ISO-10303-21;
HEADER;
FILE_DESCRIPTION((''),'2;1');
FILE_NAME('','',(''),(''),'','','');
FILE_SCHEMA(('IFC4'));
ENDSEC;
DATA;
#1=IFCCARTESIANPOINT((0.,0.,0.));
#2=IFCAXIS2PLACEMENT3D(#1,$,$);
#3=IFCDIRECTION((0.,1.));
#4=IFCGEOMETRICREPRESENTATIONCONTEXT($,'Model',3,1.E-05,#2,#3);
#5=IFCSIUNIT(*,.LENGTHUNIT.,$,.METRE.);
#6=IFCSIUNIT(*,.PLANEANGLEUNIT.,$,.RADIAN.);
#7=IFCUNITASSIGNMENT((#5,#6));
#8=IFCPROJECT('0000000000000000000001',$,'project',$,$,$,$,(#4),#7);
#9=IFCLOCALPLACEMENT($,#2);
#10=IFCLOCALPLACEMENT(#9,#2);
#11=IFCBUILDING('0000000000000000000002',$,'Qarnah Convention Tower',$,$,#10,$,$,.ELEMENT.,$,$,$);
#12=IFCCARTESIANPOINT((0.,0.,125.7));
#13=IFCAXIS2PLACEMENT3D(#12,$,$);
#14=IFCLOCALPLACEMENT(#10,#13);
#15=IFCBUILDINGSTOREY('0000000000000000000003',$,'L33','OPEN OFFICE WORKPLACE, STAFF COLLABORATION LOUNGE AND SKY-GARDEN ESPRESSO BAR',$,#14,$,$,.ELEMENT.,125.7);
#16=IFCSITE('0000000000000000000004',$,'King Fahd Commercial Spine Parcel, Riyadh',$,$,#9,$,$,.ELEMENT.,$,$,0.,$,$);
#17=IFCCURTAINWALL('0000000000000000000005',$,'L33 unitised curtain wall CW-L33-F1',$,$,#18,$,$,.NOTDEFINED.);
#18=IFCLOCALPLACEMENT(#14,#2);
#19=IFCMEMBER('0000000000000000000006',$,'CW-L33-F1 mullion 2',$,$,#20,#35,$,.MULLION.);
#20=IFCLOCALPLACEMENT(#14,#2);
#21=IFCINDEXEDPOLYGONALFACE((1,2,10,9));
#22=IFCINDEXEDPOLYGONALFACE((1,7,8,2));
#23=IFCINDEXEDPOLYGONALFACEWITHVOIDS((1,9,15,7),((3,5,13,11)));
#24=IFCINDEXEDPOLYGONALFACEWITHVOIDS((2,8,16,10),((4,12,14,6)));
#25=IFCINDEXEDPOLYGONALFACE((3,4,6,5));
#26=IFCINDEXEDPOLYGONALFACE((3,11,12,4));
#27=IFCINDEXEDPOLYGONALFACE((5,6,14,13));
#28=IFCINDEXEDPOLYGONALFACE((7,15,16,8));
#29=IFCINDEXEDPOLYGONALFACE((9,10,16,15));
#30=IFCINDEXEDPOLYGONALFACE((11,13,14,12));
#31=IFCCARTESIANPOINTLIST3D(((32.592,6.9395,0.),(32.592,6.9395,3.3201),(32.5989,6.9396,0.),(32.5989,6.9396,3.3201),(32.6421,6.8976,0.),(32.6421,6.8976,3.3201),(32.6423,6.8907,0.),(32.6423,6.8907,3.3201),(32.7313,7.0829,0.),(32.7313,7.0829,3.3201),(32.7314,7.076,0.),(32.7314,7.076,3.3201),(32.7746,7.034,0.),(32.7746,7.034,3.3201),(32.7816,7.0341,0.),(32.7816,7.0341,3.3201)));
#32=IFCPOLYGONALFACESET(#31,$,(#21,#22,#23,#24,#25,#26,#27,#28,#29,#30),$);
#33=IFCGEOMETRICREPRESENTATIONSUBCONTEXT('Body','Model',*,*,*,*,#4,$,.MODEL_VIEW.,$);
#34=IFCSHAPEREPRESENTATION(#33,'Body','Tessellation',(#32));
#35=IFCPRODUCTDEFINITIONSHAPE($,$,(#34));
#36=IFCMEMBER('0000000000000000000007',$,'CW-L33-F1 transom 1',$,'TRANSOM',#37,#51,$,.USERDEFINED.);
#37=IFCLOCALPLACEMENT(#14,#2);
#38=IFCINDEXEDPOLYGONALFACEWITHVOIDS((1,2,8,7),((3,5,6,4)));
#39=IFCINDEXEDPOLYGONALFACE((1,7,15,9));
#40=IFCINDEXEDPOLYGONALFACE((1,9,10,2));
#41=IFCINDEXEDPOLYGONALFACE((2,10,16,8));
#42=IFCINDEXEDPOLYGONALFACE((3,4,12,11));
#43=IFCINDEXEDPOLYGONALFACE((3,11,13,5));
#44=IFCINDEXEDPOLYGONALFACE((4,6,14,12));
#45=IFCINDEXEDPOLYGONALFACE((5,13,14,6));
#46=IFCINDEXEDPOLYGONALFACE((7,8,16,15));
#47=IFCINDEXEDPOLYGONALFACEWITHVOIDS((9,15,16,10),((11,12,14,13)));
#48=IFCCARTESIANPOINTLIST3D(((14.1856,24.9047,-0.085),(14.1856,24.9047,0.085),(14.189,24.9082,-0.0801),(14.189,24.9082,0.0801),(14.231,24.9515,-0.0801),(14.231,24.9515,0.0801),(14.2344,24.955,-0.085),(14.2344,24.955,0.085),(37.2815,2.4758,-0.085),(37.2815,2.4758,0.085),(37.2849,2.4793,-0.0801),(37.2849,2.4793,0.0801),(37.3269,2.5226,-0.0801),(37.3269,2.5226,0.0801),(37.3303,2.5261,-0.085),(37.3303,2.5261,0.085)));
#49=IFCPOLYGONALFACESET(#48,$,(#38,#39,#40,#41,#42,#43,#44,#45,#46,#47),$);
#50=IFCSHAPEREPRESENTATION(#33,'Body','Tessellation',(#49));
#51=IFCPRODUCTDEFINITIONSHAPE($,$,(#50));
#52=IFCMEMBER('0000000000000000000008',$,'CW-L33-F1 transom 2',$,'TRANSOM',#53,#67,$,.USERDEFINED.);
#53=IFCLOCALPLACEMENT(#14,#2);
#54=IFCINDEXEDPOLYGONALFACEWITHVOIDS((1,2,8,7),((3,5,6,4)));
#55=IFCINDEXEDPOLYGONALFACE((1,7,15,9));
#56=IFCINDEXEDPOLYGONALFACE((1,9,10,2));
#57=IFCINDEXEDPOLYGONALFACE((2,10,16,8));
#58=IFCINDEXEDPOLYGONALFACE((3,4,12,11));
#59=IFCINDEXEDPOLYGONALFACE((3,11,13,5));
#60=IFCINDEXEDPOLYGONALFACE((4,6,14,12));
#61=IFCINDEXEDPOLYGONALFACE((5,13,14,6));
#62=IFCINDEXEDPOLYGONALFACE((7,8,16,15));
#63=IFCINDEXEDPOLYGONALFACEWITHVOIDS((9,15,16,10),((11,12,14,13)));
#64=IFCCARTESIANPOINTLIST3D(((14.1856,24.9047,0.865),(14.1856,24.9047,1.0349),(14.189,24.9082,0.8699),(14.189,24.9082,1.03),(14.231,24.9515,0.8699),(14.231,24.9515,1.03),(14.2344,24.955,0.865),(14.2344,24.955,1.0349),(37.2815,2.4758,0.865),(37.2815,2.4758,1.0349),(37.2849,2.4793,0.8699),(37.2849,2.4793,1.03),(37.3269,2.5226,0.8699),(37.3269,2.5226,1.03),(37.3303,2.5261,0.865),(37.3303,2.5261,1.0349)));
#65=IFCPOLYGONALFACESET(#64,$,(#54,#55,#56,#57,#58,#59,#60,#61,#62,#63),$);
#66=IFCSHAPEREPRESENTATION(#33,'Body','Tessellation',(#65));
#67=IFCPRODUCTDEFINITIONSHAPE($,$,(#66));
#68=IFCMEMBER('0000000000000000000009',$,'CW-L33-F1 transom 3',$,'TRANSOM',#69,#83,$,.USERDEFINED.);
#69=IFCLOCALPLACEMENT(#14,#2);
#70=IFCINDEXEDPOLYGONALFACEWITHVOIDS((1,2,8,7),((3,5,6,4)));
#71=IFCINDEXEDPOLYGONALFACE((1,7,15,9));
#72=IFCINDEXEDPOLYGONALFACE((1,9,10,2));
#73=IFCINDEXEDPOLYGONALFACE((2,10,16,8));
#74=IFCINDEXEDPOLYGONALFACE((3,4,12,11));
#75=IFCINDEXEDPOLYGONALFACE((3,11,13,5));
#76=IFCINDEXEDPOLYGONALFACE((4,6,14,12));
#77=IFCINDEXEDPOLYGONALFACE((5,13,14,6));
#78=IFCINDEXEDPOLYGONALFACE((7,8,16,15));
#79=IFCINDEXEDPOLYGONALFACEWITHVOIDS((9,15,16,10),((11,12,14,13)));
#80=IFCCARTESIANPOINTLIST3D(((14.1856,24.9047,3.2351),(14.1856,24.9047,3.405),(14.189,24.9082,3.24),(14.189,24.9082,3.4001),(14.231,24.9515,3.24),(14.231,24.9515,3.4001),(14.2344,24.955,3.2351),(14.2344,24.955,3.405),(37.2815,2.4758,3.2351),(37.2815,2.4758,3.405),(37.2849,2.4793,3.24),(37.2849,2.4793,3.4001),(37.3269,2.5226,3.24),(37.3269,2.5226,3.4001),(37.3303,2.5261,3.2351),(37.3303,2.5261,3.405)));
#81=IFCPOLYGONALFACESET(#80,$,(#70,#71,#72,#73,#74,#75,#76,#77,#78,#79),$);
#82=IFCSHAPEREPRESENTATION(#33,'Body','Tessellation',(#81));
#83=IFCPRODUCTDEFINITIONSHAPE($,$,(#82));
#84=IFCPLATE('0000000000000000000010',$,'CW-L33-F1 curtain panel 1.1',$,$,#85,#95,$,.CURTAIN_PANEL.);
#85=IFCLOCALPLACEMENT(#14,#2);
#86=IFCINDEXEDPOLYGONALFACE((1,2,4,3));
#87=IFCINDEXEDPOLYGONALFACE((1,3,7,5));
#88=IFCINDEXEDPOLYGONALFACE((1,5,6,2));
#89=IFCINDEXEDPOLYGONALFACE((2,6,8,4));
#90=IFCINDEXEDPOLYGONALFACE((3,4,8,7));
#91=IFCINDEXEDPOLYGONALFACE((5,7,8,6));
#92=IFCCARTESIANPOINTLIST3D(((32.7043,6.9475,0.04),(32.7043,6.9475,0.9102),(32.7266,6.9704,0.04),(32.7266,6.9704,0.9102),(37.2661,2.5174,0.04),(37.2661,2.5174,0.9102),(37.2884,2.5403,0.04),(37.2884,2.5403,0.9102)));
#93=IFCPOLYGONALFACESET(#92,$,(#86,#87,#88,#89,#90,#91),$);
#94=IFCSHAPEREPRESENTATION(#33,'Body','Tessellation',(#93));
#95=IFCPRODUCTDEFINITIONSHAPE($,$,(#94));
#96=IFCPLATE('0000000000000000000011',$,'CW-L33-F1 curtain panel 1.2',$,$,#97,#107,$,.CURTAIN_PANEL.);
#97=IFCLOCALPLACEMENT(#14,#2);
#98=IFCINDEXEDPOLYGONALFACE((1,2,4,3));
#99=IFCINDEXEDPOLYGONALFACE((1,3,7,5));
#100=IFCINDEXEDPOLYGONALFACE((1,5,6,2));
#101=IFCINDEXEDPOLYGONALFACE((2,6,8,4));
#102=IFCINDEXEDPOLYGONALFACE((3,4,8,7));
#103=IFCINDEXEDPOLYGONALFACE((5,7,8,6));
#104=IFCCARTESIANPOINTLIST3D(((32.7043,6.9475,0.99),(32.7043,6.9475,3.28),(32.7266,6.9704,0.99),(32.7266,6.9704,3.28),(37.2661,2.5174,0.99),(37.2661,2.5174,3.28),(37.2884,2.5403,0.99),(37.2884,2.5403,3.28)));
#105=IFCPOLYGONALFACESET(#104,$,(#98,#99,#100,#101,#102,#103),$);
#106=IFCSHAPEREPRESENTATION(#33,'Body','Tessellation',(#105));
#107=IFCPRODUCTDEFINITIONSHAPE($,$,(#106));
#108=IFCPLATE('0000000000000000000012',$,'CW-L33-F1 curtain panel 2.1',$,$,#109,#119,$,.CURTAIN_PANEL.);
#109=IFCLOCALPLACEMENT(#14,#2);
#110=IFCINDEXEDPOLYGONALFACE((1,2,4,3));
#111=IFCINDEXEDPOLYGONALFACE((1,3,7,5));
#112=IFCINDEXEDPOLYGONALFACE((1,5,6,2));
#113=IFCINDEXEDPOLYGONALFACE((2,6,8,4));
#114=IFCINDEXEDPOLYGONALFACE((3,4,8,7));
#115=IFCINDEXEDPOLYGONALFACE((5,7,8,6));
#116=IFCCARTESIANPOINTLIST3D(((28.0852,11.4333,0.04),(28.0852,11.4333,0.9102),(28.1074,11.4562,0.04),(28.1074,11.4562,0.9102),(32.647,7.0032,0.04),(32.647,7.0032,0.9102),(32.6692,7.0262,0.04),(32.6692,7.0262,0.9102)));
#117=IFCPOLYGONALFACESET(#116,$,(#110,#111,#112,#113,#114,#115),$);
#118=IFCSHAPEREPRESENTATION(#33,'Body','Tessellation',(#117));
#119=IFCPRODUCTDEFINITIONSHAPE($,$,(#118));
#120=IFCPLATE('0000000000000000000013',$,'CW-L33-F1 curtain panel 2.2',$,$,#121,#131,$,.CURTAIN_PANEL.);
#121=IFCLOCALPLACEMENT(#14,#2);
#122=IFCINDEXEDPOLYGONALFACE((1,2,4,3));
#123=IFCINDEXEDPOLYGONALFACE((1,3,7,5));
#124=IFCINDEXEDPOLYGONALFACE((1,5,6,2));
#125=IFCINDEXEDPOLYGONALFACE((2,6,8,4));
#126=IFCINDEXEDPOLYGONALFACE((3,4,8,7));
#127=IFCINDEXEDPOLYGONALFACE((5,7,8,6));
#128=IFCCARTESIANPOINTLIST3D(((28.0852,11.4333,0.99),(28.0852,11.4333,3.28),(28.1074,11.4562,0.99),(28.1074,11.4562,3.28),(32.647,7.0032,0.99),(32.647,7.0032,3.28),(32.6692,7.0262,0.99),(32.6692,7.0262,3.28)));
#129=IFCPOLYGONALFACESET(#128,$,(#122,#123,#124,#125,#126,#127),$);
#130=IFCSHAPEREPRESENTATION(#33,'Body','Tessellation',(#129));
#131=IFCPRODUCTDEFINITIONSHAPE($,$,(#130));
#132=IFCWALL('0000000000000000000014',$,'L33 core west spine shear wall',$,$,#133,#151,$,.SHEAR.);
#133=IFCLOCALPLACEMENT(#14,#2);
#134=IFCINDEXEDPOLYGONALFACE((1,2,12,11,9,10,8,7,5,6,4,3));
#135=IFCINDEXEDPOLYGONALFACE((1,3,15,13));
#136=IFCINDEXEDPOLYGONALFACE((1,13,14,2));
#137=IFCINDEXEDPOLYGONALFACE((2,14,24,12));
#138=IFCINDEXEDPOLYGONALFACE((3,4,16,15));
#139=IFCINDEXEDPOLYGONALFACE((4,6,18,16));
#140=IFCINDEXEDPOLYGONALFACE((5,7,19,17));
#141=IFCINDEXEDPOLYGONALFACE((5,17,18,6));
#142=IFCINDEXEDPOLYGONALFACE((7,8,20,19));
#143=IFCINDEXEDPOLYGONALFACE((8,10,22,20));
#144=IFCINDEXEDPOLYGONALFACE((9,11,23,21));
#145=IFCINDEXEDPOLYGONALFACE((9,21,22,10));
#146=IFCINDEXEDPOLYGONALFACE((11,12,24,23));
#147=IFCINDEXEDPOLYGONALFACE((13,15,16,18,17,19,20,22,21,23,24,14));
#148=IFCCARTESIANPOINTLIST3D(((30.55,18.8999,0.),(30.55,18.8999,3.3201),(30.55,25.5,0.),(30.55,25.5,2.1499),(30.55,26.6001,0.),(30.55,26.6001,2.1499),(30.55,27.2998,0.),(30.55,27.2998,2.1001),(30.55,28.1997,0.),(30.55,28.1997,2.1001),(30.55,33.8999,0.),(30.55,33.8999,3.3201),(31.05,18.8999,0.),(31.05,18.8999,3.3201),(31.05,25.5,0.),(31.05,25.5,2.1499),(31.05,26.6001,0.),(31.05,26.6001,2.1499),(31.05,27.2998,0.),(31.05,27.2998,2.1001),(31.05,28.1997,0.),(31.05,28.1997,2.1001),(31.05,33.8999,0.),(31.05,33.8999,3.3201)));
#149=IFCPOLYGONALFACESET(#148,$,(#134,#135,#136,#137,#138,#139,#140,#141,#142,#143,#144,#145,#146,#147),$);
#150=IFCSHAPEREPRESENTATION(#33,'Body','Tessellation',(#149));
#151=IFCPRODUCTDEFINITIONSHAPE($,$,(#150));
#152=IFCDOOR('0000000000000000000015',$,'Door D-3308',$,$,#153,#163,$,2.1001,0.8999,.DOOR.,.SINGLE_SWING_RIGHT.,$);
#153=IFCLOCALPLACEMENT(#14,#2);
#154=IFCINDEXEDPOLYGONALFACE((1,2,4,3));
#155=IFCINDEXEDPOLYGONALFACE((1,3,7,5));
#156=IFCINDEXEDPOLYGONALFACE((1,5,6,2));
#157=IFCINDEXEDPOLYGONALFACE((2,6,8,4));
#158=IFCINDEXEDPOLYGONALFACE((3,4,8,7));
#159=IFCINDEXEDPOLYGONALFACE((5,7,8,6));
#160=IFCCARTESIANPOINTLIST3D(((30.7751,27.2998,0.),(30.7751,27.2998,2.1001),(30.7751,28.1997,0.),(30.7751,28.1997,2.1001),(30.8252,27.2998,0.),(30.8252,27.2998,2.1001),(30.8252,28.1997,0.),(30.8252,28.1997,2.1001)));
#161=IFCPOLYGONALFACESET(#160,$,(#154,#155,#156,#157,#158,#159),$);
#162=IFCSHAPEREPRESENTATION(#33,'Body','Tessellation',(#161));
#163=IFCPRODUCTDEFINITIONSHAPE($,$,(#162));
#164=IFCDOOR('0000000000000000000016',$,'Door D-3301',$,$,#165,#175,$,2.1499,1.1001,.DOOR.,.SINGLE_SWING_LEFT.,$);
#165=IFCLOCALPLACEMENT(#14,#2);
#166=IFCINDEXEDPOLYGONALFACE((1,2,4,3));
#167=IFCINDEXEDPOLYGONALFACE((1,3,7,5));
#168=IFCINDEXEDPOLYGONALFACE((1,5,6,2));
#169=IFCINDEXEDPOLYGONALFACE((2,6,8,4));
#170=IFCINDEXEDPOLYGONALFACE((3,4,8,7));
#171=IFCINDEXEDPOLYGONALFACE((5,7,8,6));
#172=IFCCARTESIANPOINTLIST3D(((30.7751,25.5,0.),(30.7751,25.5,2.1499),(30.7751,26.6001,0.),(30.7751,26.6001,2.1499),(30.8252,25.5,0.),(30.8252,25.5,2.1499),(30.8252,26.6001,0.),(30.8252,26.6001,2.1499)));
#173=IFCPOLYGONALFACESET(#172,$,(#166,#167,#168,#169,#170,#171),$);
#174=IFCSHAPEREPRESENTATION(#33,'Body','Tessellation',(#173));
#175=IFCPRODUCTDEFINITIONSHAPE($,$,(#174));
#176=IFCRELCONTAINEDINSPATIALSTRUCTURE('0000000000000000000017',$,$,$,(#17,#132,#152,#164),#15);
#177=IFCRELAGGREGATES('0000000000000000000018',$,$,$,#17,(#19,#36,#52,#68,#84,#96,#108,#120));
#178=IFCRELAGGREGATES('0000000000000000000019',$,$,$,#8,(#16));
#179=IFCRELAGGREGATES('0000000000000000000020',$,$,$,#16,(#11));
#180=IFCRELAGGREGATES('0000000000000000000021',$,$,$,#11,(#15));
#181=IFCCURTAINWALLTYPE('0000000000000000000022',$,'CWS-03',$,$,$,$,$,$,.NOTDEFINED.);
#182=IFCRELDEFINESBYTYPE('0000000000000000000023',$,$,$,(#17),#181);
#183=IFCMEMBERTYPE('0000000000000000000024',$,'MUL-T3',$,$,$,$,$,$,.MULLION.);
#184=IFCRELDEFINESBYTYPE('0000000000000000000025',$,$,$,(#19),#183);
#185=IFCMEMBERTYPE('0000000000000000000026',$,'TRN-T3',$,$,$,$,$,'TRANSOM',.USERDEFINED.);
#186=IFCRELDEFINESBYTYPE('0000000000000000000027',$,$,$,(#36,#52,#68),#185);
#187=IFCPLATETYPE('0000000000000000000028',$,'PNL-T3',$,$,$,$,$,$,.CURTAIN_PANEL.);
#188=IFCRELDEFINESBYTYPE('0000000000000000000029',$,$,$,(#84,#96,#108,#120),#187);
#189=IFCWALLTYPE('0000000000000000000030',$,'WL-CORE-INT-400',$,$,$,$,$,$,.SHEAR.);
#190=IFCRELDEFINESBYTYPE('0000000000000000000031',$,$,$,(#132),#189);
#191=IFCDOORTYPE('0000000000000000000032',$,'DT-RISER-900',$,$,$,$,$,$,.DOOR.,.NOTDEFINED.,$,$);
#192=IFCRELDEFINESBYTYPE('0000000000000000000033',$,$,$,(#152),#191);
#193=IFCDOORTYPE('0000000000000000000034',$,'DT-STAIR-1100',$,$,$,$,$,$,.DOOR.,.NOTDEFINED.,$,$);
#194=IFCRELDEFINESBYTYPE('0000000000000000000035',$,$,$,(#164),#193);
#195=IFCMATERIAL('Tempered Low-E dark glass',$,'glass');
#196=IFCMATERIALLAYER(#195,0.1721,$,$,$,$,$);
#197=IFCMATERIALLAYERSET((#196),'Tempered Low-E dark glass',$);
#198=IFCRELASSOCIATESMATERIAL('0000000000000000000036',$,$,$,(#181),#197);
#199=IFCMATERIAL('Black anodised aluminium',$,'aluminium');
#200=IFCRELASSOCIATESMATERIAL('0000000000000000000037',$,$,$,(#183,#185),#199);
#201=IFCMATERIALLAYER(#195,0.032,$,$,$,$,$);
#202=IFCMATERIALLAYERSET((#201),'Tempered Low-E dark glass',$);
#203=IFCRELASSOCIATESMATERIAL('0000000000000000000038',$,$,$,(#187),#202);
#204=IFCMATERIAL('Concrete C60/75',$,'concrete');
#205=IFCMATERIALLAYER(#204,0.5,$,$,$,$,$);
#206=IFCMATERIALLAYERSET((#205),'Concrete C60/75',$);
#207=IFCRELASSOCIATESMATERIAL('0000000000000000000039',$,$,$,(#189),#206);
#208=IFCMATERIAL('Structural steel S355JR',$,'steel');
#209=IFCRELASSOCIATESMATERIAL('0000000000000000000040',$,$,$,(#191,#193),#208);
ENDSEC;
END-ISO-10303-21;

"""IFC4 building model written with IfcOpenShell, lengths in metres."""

from ifc_helpers import new_model, si_unit, direction, frame, frame_2d, origin, origin_2d, place, context, subcontext, project, spatial, rectangle, hollow_rectangle, extrude, material, layer, layer_set, material_profile, profile_set, type_object, element, fill, aggregate, save


model = new_model("IFC4")

# Units and contexts
model_context = context("Model", 3, precision=1e-05, world=origin(), true_north=direction((0.0, 1.0)))
body_context = subcontext(model_context, "Body", "Model", "MODEL_VIEW")
ifc_project = project(units=[si_unit("LENGTHUNIT", "METRE"), si_unit("PLANEANGLEUNIT", "RADIAN")], contexts=[model_context])

# Site, building, storey
site_placement = place(None, origin())
site = spatial("IfcSite", under=ifc_project, at=site_placement, Name="King Fahd Commercial Spine Parcel, Riyadh", CompositionType="ELEMENT", RefElevation=0.0)
building_placement = place(site_placement, origin())
building = spatial("IfcBuilding", under=site, at=building_placement, Name="Qarnah Convention Tower", CompositionType="ELEMENT")
storey_placement = place(building_placement, frame((0.0, 0.0, 125.7)))
storey = spatial("IfcBuildingStorey", under=building, at=storey_placement, Name="L33", Description="OPEN OFFICE WORKPLACE, STAFF COLLABORATION LOUNGE AND SKY-GARDEN ESPRESSO BAR", CompositionType="ELEMENT", Elevation=125.7)

# Shared definitions
ifc_material_1 = material(Name="Concrete C60/75", Category="concrete")

# Shared definitions
ifc_material_2 = material(Name="Structural steel S355JR", Category="steel")

# Curtain wall, members, plates
ifc_material_3 = material(Name="Tempered Low-E dark glass", Category="glass")
ifc_layer_1 = layer(ifc_material_3, 0.1721)
ifc_layer_set_1 = layer_set([ifc_layer_1], Name="Tempered Low-E dark glass")
curtain_wall_type = type_object("IfcCurtainWallType", Name="CWS-03", PredefinedType="NOTDEFINED", material=ifc_layer_set_1)
curtain_wall_placement = place(storey_placement, origin())
curtain_wall = element("IfcCurtainWall", 1, at=curtain_wall_placement, inside=storey, type_object=curtain_wall_type, Name="L33 unitised curtain wall CW-L33-F1", PredefinedType="NOTDEFINED")
ifc_material_4 = material(Name="Black anodised aluminium", Category="aluminium")
ifc_material_profile_1 = material_profile(ifc_material_4, hollow_rectangle(XDim=0.0701, YDim=0.2, WallThickness=0.0049, at=origin_2d()), Name="MUL-70X200")
ifc_profile_set_1 = profile_set([ifc_material_profile_1], Name="Black anodised aluminium")
member_type_1 = type_object("IfcMemberType", Name="MUL-T3", PredefinedType="MULLION", material=ifc_profile_set_1)
member_1_placement = place(storey_placement, frame((32.6868, 6.9868, 0.0), z_axis=(0.0, 0.0, 1.0), x_axis=(-0.71739, 0.696672, 0.0)))
member_1 = element("IfcMember", 2, at=member_1_placement, type_object=member_type_1, Name="CW-L33-F1 mullion 2", PredefinedType="MULLION", context=body_context, shape_type="SweptSolid", body=[
    extrude(hollow_rectangle(XDim=0.0701, YDim=0.2, WallThickness=0.0049, at=origin_2d()), origin(), (0.0, 0.0, 1.0), 3.3201),
])
ifc_material_profile_2 = material_profile(ifc_material_4, hollow_rectangle(XDim=0.0701, YDim=0.1699, WallThickness=0.0049, at=origin_2d()), Name="TRN-70X170")
ifc_profile_set_2 = profile_set([ifc_material_profile_2], Name="Black anodised aluminium")
member_type_2 = type_object("IfcMemberType", Name="TRN-T3", ElementType="TRANSOM", PredefinedType="USERDEFINED", material=ifc_profile_set_2)
member_2_placement = place(storey_placement, frame((37.3059, 2.501, 0.0), z_axis=(-0.71739, 0.696672, 0.0), x_axis=(-0.696672, -0.71739, 0.0)))
member_2 = element("IfcMember", 3, at=member_2_placement, type_object=member_type_2, Name="CW-L33-F1 transom 1", ObjectType="TRANSOM", PredefinedType="USERDEFINED", context=body_context, shape_type="SweptSolid", body=[
    extrude(hollow_rectangle(XDim=0.0701, YDim=0.1699, WallThickness=0.0049, at=origin_2d()), origin(), (0.0, 0.0, 1.0), 32.1943),
])
member_3_placement = place(storey_placement, frame((37.3059, 2.501, 0.95), z_axis=(-0.71739, 0.696672, 0.0), x_axis=(-0.696672, -0.71739, 0.0)))
member_3 = element("IfcMember", 4, at=member_3_placement, type_object=member_type_2, Name="CW-L33-F1 transom 2", ObjectType="TRANSOM", PredefinedType="USERDEFINED", context=body_context, shape_type="SweptSolid", body=[
    extrude(hollow_rectangle(XDim=0.0701, YDim=0.1699, WallThickness=0.0049, at=origin_2d()), origin(), (0.0, 0.0, 1.0), 32.1943),
])
member_4_placement = place(storey_placement, frame((37.3059, 2.501, 3.3201), z_axis=(-0.71739, 0.696672, 0.0), x_axis=(-0.696672, -0.71739, 0.0)))
member_4 = element("IfcMember", 5, at=member_4_placement, type_object=member_type_2, Name="CW-L33-F1 transom 3", ObjectType="TRANSOM", PredefinedType="USERDEFINED", context=body_context, shape_type="SweptSolid", body=[
    extrude(hollow_rectangle(XDim=0.0701, YDim=0.1699, WallThickness=0.0049, at=origin_2d()), origin(), (0.0, 0.0, 1.0), 32.1943),
])
ifc_layer_2 = layer(ifc_material_3, 0.032)
ifc_layer_set_2 = layer_set([ifc_layer_2], Name="Tempered Low-E dark glass")
plate_type = type_object("IfcPlateType", Name="PNL-T3", PredefinedType="CURTAIN_PANEL", material=ifc_layer_set_2)
plate_1_placement = place(storey_placement, frame((34.9963, 4.7439, 0.04), z_axis=(0.0, 0.0, 1.0), x_axis=(-0.71739, 0.696672, 0.0)))
plate_1 = element("IfcPlate", 6, at=plate_1_placement, type_object=plate_type, Name="CW-L33-F1 curtain panel 1.1", PredefinedType="CURTAIN_PANEL", context=body_context, shape_type="SweptSolid", body=[
    extrude(rectangle(XDim=6.3589, YDim=0.032, at=origin_2d()), origin(), (0.0, 0.0, 1.0), 0.8701),
])
plate_2_placement = place(storey_placement, frame((34.9963, 4.7439, 0.99), z_axis=(0.0, 0.0, 1.0), x_axis=(-0.71739, 0.696672, 0.0)))
plate_2 = element("IfcPlate", 7, at=plate_2_placement, type_object=plate_type, Name="CW-L33-F1 curtain panel 1.2", PredefinedType="CURTAIN_PANEL", context=body_context, shape_type="SweptSolid", body=[
    extrude(rectangle(XDim=6.3589, YDim=0.032, at=origin_2d()), origin(), (0.0, 0.0, 1.0), 2.29),
])
plate_3_placement = place(storey_placement, frame((30.3772, 9.2297, 0.04), z_axis=(0.0, 0.0, 1.0), x_axis=(-0.71739, 0.696672, 0.0)))
plate_3 = element("IfcPlate", 8, at=plate_3_placement, type_object=plate_type, Name="CW-L33-F1 curtain panel 2.1", PredefinedType="CURTAIN_PANEL", context=body_context, shape_type="SweptSolid", body=[
    extrude(rectangle(XDim=6.3589, YDim=0.032, at=origin_2d()), origin(), (0.0, 0.0, 1.0), 0.8701),
])
plate_4_placement = place(storey_placement, frame((30.3772, 9.2297, 0.99), z_axis=(0.0, 0.0, 1.0), x_axis=(-0.71739, 0.696672, 0.0)))
plate_4 = element("IfcPlate", 9, at=plate_4_placement, type_object=plate_type, Name="CW-L33-F1 curtain panel 2.2", PredefinedType="CURTAIN_PANEL", context=body_context, shape_type="SweptSolid", body=[
    extrude(rectangle(XDim=6.3589, YDim=0.032, at=origin_2d()), origin(), (0.0, 0.0, 1.0), 2.29),
])
aggregate(curtain_wall, [member_1, member_2, member_3, member_4, plate_1, plate_2, plate_3, plate_4])

# Wall, openings, doors
ifc_layer_3 = layer(ifc_material_1, 0.5)
ifc_layer_set_3 = layer_set([ifc_layer_3], Name="Concrete C60/75")
wall_type_1 = type_object("IfcWallType", Name="WL-CORE-INT-400", PredefinedType="SHEAR", material=ifc_layer_set_3)
wall_1_placement = place(storey_placement, frame((30.8, 18.8999, 0.0), z_axis=(0.0, 0.0, 1.0), x_axis=(0.0, 1.0, 0.0)))
wall_1 = element("IfcWall", 10, at=wall_1_placement, inside=storey, type_object=wall_type_1, Name="L33 core west spine shear wall", PredefinedType="SHEAR", context=body_context, shape_type="SweptSolid", body=[
    extrude(rectangle(XDim=15.0, YDim=0.5, at=frame_2d((7.5, 0.0))), origin(), (0.0, 0.0, 1.0), 3.3201),
])
opening_1_placement = place(wall_1_placement, frame((6.6001, 0.0, 0.0)))
opening_1 = element("IfcOpeningElement", 11, at=opening_1_placement, cuts=wall_1, PredefinedType="OPENING", context=body_context, shape_type="SweptSolid", body=[
    extrude(rectangle(XDim=1.1001, YDim=2.1499, at=frame_2d((0.55, 1.075))), frame((0.0, 0.26, 0.0), z_axis=(0.0, -1.0, 0.0), x_axis=(1.0, 0.0, 0.0)), (0.0, 0.0, 1.0), 0.52),
])
opening_2_placement = place(wall_1_placement, frame((8.3999, 0.0, 0.0)))
opening_2 = element("IfcOpeningElement", 12, at=opening_2_placement, cuts=wall_1, PredefinedType="OPENING", context=body_context, shape_type="SweptSolid", body=[
    extrude(rectangle(XDim=0.8999, YDim=2.1001, at=frame_2d((0.45, 1.05))), frame((0.0, 0.26, 0.0), z_axis=(0.0, -1.0, 0.0), x_axis=(1.0, 0.0, 0.0)), (0.0, 0.0, 1.0), 0.52),
])
door_type_1 = type_object("IfcDoorType", Name="DT-RISER-900", OperationType="NOTDEFINED", PredefinedType="DOOR", material=ifc_material_2)
door_1_placement = place(opening_2_placement, origin())
door_1 = element("IfcDoor", 13, at=door_1_placement, inside=storey, type_object=door_type_1, Name="Door D-3308", OperationType="SINGLE_SWING_RIGHT", OverallHeight=2.1001, OverallWidth=0.8999, PredefinedType="DOOR", context=body_context, shape_type="SweptSolid", body=[
    extrude(rectangle(XDim=0.8999, YDim=2.1001, at=frame_2d((0.45, 1.05))), frame((0.0, 0.0249, 0.0), z_axis=(0.0, -1.0, 0.0), x_axis=(1.0, 0.0, 0.0)), (0.0, 0.0, 1.0), 0.05),
])
fill(opening_2, door_1)
door_type_2 = type_object("IfcDoorType", Name="DT-STAIR-1100", OperationType="NOTDEFINED", PredefinedType="DOOR", material=ifc_material_2)
door_2_placement = place(opening_1_placement, origin())
door_2 = element("IfcDoor", 14, at=door_2_placement, inside=storey, type_object=door_type_2, Name="Door D-3301", OperationType="SINGLE_SWING_LEFT", OverallHeight=2.1499, OverallWidth=1.1001, PredefinedType="DOOR", context=body_context, shape_type="SweptSolid", body=[
    extrude(rectangle(XDim=1.1001, YDim=2.1499, at=frame_2d((0.55, 1.075))), frame((0.0, 0.0249, 0.0), z_axis=(0.0, -1.0, 0.0), x_axis=(1.0, 0.0, 0.0)), (0.0, 0.0, 1.0), 0.05),
])
fill(opening_1, door_2)

save(model, "model.ifc")
